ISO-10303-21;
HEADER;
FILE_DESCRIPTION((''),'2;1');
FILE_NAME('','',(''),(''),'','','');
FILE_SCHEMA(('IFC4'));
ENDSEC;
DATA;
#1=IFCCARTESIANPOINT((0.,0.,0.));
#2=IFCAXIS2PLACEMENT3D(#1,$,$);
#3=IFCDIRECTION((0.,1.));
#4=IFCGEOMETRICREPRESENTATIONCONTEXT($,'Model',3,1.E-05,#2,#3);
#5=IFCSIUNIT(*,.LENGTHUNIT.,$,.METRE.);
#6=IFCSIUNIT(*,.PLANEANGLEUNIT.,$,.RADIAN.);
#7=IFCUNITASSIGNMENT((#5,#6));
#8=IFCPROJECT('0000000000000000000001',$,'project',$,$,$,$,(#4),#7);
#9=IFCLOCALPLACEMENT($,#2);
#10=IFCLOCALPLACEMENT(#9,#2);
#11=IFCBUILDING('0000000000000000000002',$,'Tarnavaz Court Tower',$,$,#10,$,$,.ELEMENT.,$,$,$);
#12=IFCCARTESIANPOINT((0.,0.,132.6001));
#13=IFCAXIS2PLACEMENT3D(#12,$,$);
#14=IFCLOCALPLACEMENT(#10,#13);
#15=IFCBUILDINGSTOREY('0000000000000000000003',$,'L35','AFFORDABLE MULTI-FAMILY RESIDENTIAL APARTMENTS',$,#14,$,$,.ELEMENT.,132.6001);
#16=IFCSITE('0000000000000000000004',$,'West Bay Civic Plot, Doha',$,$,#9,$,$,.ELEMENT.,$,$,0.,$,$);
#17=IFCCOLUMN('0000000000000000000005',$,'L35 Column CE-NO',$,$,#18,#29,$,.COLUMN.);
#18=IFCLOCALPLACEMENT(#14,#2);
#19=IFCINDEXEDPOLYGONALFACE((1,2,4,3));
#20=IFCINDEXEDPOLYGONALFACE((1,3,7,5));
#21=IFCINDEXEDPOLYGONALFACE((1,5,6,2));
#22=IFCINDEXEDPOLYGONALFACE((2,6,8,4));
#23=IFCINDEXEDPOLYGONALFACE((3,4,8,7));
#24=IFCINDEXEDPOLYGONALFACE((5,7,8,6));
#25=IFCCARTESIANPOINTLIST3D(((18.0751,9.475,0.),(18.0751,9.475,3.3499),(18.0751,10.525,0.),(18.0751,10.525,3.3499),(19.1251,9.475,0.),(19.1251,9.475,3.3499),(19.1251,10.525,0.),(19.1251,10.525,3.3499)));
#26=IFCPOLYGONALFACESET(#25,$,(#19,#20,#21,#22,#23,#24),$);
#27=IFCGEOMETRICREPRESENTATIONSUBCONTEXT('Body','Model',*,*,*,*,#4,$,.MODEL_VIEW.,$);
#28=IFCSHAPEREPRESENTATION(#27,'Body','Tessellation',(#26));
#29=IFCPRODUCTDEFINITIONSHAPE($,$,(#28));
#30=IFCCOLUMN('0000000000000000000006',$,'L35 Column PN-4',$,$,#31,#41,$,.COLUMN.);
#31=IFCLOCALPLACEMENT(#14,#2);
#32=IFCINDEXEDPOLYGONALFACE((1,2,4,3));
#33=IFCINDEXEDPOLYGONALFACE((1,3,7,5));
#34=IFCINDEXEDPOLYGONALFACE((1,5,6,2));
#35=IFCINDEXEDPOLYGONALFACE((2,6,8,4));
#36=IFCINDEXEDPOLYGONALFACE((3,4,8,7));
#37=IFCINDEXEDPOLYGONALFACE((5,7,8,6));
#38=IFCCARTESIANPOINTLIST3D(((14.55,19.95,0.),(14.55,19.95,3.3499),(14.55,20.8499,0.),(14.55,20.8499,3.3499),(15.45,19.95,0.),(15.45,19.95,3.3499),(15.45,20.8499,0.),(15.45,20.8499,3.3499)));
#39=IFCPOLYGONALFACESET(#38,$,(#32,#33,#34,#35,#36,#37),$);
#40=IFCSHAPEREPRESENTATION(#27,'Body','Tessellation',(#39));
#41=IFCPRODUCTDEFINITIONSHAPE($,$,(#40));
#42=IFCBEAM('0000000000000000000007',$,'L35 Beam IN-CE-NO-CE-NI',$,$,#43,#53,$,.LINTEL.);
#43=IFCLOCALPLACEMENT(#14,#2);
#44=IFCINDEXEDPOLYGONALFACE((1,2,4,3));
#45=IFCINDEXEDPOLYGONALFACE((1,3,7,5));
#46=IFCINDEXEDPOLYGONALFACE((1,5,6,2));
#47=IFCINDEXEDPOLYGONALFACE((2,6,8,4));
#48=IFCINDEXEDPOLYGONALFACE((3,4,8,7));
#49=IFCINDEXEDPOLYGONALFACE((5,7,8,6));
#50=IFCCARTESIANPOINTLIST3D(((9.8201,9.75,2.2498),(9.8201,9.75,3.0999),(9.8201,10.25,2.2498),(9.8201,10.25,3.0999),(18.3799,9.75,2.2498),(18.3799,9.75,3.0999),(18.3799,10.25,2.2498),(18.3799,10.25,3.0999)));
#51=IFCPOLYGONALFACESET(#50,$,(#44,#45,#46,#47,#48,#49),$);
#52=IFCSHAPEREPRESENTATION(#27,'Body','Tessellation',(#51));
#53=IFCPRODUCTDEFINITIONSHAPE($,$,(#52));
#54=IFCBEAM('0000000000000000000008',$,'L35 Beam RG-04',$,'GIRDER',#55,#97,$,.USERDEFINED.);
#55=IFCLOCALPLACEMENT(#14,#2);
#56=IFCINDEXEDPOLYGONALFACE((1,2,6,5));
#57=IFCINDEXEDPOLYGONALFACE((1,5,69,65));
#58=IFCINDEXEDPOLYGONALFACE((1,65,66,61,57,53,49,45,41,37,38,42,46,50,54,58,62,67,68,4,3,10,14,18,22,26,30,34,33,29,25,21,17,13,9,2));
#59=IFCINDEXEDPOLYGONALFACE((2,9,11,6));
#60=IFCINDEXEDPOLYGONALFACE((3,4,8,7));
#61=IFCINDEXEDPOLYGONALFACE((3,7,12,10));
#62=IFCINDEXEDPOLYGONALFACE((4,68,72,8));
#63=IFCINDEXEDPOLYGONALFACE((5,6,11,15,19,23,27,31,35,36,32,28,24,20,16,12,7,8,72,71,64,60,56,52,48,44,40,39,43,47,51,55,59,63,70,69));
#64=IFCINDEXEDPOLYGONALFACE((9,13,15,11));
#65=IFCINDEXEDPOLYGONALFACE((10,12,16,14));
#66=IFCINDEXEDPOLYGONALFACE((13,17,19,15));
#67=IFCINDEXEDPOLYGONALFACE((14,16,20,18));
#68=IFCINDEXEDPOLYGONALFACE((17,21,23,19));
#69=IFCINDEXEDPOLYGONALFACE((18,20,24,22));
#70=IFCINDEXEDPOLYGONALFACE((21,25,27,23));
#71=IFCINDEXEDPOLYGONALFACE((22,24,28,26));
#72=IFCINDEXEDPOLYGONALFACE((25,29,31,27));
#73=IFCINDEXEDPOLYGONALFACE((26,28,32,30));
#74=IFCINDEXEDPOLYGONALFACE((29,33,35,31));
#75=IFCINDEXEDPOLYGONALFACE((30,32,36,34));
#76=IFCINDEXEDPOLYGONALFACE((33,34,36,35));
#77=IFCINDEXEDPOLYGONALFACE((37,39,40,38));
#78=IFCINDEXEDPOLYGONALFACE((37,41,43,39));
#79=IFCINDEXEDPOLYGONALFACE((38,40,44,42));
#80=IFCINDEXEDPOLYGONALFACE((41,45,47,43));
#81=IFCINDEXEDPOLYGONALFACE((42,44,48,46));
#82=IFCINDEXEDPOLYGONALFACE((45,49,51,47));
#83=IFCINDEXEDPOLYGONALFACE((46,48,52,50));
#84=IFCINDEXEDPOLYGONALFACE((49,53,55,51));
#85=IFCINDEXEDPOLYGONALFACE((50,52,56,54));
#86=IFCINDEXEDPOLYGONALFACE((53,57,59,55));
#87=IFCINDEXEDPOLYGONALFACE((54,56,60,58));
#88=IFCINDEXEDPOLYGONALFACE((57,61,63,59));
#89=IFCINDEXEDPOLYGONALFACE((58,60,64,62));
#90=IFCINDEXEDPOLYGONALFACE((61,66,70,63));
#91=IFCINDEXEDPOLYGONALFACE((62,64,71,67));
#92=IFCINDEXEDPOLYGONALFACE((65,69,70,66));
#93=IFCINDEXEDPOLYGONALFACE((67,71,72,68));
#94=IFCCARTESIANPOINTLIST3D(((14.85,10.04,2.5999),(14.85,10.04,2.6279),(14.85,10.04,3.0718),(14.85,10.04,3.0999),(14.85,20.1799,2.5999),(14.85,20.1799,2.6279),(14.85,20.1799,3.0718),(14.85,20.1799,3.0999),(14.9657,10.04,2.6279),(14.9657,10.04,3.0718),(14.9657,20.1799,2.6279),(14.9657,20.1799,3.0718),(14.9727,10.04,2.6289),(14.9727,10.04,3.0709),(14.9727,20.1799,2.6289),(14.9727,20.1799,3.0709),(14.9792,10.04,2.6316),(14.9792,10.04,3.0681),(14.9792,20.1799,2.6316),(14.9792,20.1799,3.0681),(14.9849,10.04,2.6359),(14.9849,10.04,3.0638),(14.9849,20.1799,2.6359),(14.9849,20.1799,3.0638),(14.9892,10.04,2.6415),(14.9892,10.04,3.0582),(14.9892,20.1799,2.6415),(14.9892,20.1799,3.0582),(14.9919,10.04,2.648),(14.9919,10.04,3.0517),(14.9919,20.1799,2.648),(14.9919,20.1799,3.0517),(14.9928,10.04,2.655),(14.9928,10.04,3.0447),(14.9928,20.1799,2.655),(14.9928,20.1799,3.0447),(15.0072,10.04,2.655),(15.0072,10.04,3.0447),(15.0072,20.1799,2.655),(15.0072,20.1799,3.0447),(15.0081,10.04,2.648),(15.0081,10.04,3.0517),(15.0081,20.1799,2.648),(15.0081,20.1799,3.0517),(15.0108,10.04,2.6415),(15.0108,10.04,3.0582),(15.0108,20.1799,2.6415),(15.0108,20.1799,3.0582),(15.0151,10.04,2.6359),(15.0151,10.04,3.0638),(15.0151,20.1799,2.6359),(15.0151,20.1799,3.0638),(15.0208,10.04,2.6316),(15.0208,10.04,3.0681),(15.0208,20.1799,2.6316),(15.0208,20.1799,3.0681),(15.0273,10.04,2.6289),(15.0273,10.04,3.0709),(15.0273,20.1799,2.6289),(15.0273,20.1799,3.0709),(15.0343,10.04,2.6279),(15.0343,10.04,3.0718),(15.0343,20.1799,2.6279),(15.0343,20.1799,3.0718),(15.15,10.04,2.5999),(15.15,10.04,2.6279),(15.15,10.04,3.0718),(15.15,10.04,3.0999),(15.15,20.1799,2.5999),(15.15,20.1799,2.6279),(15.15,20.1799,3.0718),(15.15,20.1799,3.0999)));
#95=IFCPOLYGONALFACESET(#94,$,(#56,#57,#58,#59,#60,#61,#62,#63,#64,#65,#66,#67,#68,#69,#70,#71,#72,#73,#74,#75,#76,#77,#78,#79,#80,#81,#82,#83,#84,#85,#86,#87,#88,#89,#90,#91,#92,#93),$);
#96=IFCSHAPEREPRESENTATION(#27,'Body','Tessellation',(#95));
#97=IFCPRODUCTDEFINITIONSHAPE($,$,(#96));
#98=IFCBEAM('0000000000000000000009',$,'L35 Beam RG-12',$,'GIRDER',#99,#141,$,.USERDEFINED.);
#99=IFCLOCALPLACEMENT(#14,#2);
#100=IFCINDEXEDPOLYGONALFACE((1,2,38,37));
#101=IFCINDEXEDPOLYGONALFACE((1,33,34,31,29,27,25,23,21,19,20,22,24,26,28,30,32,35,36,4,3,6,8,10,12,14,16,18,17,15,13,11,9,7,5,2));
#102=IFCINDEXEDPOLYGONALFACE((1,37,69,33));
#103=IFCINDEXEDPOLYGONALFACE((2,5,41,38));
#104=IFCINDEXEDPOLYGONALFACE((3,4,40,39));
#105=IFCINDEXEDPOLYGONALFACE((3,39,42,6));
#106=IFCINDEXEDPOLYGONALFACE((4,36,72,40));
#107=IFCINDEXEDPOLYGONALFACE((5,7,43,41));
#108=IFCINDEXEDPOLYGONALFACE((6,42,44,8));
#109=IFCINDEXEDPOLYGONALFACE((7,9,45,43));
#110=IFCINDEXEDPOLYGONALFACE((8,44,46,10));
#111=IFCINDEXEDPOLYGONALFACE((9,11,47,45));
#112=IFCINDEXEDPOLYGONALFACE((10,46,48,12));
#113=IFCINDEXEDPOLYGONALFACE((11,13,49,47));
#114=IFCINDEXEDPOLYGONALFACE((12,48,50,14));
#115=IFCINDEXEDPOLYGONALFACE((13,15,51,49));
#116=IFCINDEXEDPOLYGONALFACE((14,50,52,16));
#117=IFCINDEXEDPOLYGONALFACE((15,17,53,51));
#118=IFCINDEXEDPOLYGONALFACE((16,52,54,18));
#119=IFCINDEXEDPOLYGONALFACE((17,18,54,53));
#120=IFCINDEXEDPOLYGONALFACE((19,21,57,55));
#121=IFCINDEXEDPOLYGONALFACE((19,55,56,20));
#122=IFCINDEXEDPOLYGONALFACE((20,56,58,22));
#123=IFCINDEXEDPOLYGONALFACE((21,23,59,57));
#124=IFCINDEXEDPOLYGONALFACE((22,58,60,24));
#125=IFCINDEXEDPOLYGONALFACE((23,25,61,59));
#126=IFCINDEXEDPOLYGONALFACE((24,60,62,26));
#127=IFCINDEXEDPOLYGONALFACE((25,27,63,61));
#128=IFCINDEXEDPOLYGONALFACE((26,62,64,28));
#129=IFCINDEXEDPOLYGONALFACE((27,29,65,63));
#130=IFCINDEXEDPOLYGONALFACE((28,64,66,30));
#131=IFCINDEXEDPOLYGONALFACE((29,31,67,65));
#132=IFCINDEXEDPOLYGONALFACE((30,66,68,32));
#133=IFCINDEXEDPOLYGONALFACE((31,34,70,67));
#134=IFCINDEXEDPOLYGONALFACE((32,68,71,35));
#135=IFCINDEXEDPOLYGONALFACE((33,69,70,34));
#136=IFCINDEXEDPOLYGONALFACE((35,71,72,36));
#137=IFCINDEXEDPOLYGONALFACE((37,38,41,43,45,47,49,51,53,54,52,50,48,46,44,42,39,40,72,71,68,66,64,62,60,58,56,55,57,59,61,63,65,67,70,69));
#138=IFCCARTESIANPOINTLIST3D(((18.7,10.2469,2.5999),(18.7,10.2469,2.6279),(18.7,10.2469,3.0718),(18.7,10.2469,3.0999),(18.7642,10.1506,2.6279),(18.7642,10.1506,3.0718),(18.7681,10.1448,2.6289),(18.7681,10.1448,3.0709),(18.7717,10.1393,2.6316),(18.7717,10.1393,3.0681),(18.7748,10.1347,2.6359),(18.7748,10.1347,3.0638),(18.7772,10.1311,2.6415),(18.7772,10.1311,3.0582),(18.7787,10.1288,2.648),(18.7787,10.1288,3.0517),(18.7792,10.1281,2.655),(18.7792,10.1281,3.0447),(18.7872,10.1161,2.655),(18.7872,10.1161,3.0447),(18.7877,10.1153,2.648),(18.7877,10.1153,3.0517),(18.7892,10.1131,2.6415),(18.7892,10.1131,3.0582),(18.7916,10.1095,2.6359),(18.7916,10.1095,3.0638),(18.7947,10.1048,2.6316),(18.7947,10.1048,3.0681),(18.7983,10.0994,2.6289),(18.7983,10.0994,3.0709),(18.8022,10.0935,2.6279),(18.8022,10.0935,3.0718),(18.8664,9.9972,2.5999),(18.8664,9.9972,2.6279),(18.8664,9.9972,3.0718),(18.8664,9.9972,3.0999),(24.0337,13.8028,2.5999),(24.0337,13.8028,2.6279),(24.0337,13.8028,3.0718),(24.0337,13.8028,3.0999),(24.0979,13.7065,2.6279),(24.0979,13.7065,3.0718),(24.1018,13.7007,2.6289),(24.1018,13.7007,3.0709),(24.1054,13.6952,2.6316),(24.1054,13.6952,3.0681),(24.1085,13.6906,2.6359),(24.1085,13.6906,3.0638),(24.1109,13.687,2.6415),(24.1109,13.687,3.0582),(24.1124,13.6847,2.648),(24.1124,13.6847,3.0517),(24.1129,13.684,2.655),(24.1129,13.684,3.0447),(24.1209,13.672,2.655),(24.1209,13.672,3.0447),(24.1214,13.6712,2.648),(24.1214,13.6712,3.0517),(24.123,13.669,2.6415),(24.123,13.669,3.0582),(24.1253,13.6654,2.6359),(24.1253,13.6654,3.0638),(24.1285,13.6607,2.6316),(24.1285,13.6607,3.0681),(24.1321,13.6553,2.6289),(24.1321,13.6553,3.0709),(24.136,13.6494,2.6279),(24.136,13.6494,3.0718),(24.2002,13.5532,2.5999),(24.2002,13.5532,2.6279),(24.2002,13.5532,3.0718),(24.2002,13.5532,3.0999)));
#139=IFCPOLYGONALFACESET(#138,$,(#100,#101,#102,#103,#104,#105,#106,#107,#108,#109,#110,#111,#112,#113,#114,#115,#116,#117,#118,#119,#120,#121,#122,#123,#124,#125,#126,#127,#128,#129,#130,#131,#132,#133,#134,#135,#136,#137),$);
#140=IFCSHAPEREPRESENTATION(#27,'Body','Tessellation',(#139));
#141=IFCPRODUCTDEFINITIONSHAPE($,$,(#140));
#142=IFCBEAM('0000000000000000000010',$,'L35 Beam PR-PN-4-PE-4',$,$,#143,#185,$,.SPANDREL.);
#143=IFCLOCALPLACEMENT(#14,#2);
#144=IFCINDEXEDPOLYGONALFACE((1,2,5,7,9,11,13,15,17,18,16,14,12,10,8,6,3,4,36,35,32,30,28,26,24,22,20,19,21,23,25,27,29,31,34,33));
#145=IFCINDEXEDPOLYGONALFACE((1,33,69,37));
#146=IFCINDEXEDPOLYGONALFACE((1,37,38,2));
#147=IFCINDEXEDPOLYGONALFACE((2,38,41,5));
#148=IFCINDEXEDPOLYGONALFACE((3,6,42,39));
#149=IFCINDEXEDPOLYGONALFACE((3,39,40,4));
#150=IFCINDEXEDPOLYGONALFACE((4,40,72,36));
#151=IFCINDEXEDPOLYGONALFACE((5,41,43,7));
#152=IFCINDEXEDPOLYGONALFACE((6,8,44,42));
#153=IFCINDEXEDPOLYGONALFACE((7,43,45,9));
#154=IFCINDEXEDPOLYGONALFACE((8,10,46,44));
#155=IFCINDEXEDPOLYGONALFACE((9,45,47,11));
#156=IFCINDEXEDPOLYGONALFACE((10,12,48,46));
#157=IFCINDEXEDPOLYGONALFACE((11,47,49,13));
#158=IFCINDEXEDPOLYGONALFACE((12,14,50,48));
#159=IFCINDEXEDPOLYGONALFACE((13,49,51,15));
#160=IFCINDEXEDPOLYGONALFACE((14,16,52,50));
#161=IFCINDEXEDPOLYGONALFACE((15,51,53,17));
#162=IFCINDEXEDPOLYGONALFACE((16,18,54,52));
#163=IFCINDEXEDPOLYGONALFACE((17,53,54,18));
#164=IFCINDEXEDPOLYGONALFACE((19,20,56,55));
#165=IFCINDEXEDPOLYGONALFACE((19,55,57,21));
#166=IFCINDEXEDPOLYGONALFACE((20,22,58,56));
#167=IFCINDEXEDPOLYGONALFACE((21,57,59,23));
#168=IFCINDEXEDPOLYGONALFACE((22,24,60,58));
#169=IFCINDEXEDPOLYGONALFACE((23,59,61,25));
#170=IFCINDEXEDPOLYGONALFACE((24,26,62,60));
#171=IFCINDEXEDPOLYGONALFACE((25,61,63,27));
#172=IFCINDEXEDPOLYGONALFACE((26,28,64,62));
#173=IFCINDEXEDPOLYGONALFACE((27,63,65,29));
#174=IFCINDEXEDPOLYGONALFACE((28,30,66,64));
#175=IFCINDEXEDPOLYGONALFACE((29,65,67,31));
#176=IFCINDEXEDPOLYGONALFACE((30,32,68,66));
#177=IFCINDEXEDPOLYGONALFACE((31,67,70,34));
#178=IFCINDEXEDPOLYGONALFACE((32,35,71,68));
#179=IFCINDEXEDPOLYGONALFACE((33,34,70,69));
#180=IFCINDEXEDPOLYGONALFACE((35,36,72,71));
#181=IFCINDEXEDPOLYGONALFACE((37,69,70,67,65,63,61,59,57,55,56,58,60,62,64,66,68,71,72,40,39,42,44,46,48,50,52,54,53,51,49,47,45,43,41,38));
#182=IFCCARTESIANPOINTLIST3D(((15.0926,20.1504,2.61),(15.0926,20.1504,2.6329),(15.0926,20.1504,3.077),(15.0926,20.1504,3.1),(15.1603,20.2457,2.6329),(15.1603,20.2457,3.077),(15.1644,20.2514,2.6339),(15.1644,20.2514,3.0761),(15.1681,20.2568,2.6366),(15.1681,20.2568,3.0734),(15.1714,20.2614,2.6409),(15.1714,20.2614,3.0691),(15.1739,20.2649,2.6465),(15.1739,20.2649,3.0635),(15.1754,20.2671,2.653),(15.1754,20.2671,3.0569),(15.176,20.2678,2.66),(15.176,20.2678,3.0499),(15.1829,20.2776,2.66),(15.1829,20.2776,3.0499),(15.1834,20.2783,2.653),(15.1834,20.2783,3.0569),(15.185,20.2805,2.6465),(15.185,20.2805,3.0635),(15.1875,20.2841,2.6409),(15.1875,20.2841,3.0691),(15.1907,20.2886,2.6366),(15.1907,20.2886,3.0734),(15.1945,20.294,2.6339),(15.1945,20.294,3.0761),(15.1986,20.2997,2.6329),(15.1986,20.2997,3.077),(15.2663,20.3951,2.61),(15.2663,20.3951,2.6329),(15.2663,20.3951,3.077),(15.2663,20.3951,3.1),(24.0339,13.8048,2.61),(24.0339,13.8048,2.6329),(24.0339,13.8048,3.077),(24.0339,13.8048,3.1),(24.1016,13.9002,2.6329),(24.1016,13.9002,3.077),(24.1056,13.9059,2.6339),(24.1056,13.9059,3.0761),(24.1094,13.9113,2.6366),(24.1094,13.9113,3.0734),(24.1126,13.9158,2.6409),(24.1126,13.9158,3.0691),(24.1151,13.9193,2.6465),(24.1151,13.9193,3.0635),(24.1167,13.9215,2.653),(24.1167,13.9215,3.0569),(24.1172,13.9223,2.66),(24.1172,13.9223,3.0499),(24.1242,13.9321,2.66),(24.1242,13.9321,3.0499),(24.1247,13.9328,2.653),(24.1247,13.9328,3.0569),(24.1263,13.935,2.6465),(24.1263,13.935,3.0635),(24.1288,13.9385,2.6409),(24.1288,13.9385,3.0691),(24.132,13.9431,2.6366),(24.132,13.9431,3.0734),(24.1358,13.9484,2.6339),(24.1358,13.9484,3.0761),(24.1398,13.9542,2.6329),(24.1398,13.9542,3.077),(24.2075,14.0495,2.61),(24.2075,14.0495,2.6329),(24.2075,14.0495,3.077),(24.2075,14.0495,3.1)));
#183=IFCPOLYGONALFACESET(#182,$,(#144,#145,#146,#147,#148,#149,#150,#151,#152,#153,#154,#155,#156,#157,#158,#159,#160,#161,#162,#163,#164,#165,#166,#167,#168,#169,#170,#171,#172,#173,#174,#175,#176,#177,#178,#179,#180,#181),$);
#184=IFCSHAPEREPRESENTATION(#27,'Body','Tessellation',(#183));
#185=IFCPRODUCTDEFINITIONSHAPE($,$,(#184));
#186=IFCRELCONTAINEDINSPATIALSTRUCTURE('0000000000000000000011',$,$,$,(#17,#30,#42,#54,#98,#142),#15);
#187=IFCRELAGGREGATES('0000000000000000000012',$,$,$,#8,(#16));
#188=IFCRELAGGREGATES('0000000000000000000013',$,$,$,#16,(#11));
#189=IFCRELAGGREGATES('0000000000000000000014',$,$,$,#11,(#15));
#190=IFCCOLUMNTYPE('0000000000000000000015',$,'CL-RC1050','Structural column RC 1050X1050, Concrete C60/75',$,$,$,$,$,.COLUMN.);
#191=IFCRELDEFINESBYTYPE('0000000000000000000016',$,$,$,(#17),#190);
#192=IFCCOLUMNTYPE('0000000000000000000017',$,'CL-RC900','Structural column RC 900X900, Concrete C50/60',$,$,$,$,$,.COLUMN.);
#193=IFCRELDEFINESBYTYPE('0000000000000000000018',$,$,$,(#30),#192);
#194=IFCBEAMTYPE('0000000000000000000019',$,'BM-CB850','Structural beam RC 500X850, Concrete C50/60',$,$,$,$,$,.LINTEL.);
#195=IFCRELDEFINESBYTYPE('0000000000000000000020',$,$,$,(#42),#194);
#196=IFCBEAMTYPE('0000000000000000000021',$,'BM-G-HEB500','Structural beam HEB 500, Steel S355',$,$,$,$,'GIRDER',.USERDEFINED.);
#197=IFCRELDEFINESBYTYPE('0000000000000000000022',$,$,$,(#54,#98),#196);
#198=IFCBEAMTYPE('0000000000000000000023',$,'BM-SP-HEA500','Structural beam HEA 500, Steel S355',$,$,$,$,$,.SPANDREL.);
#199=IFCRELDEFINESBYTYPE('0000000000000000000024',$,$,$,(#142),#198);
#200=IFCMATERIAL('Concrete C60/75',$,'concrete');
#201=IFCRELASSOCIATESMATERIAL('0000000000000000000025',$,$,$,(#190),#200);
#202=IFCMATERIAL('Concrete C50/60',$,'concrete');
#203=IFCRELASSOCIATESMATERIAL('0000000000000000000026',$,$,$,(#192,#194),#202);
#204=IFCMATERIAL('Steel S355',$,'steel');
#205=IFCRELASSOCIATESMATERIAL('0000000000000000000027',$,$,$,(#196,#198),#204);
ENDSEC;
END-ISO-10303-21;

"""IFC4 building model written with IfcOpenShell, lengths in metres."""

from ifc_helpers import new_model, si_unit, direction, frame, origin, origin_2d, place, context, subcontext, project, spatial, rectangle, i_section, extrude, material, material_profile, profile_set, type_object, element, save


model = new_model("IFC4")

# Units and contexts
model_context = context("Model", 3, precision=1e-05, world=origin(), true_north=direction((0.0, 1.0)))
body_context = subcontext(model_context, "Body", "Model", "MODEL_VIEW")
ifc_project = project(units=[si_unit("LENGTHUNIT", "METRE"), si_unit("PLANEANGLEUNIT", "RADIAN")], contexts=[model_context])

# Site, building, storey
site_placement = place(None, origin())
site = spatial("IfcSite", under=ifc_project, at=site_placement, Name="West Bay Civic Plot, Doha", CompositionType="ELEMENT", RefElevation=0.0)
building_placement = place(site_placement, origin())
building = spatial("IfcBuilding", under=site, at=building_placement, Name="Tarnavaz Court Tower", CompositionType="ELEMENT")
storey_placement = place(building_placement, frame((0.0, 0.0, 132.6001)))
storey = spatial("IfcBuildingStorey", under=building, at=storey_placement, Name="L35", Description="AFFORDABLE MULTI-FAMILY RESIDENTIAL APARTMENTS", CompositionType="ELEMENT", Elevation=132.6001)

# Columns
ifc_material_1 = material(Name="Concrete C60/75", Category="concrete")
ifc_material_profile_1 = material_profile(ifc_material_1, rectangle(XDim=1.05, YDim=1.05, at=origin_2d()), Name="RC 1050X1050")
ifc_profile_set_1 = profile_set([ifc_material_profile_1], Name="Concrete C60/75")
column_type_1 = type_object("IfcColumnType", Name="CL-RC1050", Description="Structural column RC 1050X1050, Concrete C60/75", PredefinedType="COLUMN", material=ifc_profile_set_1)
column_1_placement = place(storey_placement, frame((18.6001, 10.0, 0.0), z_axis=(0.0, 0.0, 1.0), x_axis=(1.0, 0.0, 0.0)))
element("IfcColumn", 1, at=column_1_placement, inside=storey, type_object=column_type_1, Name="L35 Column CE-NO", PredefinedType="COLUMN", context=body_context, shape_type="SweptSolid", body=[
    extrude(rectangle(XDim=1.05, YDim=1.05, at=origin_2d()), origin(), (0.0, 0.0, 1.0), 3.3499),
])
ifc_material_2 = material(Name="Concrete C50/60", Category="concrete")
ifc_material_profile_2 = material_profile(ifc_material_2, rectangle(XDim=0.8999, YDim=0.8999, at=origin_2d()), Name="RC 900X900")
ifc_profile_set_2 = profile_set([ifc_material_profile_2], Name="Concrete C50/60")
column_type_2 = type_object("IfcColumnType", Name="CL-RC900", Description="Structural column RC 900X900, Concrete C50/60", PredefinedType="COLUMN", material=ifc_profile_set_2)
column_2_placement = place(storey_placement, frame((15.0, 20.3999, 0.0), z_axis=(0.0, 0.0, 1.0), x_axis=(1.0, 0.0, 0.0)))
element("IfcColumn", 2, at=column_2_placement, inside=storey, type_object=column_type_2, Name="L35 Column PN-4", PredefinedType="COLUMN", context=body_context, shape_type="SweptSolid", body=[
    extrude(rectangle(XDim=0.8999, YDim=0.8999, at=origin_2d()), origin(), (0.0, 0.0, 1.0), 3.3499),
])

# Beams
ifc_material_profile_3 = material_profile(ifc_material_2, rectangle(XDim=0.5, YDim=0.8501, at=origin_2d()), Name="RC 500X850")
ifc_profile_set_3 = profile_set([ifc_material_profile_3], Name="Concrete C50/60")
beam_type_1 = type_object("IfcBeamType", Name="BM-CB850", Description="Structural beam RC 500X850, Concrete C50/60", PredefinedType="LINTEL", material=ifc_profile_set_3)
beam_1_placement = place(storey_placement, frame((18.3799, 10.0, 2.6748), z_axis=(-1.0, 0.0, 0.0), x_axis=(0.0, -1.0, 0.0)))
element("IfcBeam", 3, at=beam_1_placement, inside=storey, type_object=beam_type_1, Name="L35 Beam IN-CE-NO-CE-NI", PredefinedType="LINTEL", context=body_context, shape_type="SweptSolid", body=[
    extrude(rectangle(XDim=0.5, YDim=0.8501, at=origin_2d()), origin(), (0.0, 0.0, 1.0), 8.5598),
])
ifc_material_3 = material(Name="Steel S355", Category="steel")
ifc_material_profile_4 = material_profile(ifc_material_3, i_section(OverallWidth=0.3, OverallDepth=0.5, WebThickness=0.0144, FlangeThickness=0.0281, FilletRadius=0.0271, at=origin_2d()), Name="HEB 500")
ifc_profile_set_4 = profile_set([ifc_material_profile_4], Name="Steel S355")
beam_type_2 = type_object("IfcBeamType", Name="BM-G-HEB500", Description="Structural beam HEB 500, Steel S355", ElementType="GIRDER", PredefinedType="USERDEFINED", material=ifc_profile_set_4)
beam_2_placement = place(storey_placement, frame((15.0, 10.04, 2.8499), z_axis=(0.0, 1.0, 0.0), x_axis=(-1.0, 0.0, 0.0)))
element("IfcBeam", 4, at=beam_2_placement, inside=storey, type_object=beam_type_2, Name="L35 Beam RG-04", ObjectType="GIRDER", PredefinedType="USERDEFINED", context=body_context, shape_type="SweptSolid", body=[
    extrude(i_section(OverallWidth=0.3, OverallDepth=0.5, WebThickness=0.0144, FlangeThickness=0.0281, FilletRadius=0.0271, at=origin_2d()), origin(), (0.0, 0.0, 1.0), 10.1399),
])
beam_3_placement = place(storey_placement, frame((18.7832, 10.1221, 2.8499), z_axis=(0.832044, 0.554709, 0.0), x_axis=(-0.554709, 0.832044, 0.0)))
element("IfcBeam", 5, at=beam_3_placement, inside=storey, type_object=beam_type_2, Name="L35 Beam RG-12", ObjectType="GIRDER", PredefinedType="USERDEFINED", context=body_context, shape_type="SweptSolid", body=[
    extrude(i_section(OverallWidth=0.3, OverallDepth=0.5, WebThickness=0.0144, FlangeThickness=0.0281, FilletRadius=0.0271, at=origin_2d()), origin(), (0.0, 0.0, 1.0), 6.4104),
])
ifc_material_profile_5 = material_profile(ifc_material_3, i_section(OverallWidth=0.3, OverallDepth=0.49, WebThickness=0.012, FlangeThickness=0.0229, FilletRadius=0.0271, at=origin_2d()), Name="HEA 500")
ifc_profile_set_5 = profile_set([ifc_material_profile_5], Name="Steel S355")
beam_type_3 = type_object("IfcBeamType", Name="BM-SP-HEA500", Description="Structural beam HEA 500, Steel S355", PredefinedType="SPANDREL", material=ifc_profile_set_5)
beam_4_placement = place(storey_placement, frame((15.1794, 20.2727, 2.855), z_axis=(0.815502, -0.578754, 0.0), x_axis=(0.578754, 0.815502, 0.0)))
element("IfcBeam", 6, at=beam_4_placement, inside=storey, type_object=beam_type_3, Name="L35 Beam PR-PN-4-PE-4", PredefinedType="SPANDREL", context=body_context, shape_type="SweptSolid", body=[
    extrude(i_section(OverallWidth=0.3, OverallDepth=0.49, WebThickness=0.012, FlangeThickness=0.0229, FilletRadius=0.0271, at=origin_2d()), origin(), (0.0, 0.0, 1.0), 10.9641),
])

save(model, "model.ifc")
